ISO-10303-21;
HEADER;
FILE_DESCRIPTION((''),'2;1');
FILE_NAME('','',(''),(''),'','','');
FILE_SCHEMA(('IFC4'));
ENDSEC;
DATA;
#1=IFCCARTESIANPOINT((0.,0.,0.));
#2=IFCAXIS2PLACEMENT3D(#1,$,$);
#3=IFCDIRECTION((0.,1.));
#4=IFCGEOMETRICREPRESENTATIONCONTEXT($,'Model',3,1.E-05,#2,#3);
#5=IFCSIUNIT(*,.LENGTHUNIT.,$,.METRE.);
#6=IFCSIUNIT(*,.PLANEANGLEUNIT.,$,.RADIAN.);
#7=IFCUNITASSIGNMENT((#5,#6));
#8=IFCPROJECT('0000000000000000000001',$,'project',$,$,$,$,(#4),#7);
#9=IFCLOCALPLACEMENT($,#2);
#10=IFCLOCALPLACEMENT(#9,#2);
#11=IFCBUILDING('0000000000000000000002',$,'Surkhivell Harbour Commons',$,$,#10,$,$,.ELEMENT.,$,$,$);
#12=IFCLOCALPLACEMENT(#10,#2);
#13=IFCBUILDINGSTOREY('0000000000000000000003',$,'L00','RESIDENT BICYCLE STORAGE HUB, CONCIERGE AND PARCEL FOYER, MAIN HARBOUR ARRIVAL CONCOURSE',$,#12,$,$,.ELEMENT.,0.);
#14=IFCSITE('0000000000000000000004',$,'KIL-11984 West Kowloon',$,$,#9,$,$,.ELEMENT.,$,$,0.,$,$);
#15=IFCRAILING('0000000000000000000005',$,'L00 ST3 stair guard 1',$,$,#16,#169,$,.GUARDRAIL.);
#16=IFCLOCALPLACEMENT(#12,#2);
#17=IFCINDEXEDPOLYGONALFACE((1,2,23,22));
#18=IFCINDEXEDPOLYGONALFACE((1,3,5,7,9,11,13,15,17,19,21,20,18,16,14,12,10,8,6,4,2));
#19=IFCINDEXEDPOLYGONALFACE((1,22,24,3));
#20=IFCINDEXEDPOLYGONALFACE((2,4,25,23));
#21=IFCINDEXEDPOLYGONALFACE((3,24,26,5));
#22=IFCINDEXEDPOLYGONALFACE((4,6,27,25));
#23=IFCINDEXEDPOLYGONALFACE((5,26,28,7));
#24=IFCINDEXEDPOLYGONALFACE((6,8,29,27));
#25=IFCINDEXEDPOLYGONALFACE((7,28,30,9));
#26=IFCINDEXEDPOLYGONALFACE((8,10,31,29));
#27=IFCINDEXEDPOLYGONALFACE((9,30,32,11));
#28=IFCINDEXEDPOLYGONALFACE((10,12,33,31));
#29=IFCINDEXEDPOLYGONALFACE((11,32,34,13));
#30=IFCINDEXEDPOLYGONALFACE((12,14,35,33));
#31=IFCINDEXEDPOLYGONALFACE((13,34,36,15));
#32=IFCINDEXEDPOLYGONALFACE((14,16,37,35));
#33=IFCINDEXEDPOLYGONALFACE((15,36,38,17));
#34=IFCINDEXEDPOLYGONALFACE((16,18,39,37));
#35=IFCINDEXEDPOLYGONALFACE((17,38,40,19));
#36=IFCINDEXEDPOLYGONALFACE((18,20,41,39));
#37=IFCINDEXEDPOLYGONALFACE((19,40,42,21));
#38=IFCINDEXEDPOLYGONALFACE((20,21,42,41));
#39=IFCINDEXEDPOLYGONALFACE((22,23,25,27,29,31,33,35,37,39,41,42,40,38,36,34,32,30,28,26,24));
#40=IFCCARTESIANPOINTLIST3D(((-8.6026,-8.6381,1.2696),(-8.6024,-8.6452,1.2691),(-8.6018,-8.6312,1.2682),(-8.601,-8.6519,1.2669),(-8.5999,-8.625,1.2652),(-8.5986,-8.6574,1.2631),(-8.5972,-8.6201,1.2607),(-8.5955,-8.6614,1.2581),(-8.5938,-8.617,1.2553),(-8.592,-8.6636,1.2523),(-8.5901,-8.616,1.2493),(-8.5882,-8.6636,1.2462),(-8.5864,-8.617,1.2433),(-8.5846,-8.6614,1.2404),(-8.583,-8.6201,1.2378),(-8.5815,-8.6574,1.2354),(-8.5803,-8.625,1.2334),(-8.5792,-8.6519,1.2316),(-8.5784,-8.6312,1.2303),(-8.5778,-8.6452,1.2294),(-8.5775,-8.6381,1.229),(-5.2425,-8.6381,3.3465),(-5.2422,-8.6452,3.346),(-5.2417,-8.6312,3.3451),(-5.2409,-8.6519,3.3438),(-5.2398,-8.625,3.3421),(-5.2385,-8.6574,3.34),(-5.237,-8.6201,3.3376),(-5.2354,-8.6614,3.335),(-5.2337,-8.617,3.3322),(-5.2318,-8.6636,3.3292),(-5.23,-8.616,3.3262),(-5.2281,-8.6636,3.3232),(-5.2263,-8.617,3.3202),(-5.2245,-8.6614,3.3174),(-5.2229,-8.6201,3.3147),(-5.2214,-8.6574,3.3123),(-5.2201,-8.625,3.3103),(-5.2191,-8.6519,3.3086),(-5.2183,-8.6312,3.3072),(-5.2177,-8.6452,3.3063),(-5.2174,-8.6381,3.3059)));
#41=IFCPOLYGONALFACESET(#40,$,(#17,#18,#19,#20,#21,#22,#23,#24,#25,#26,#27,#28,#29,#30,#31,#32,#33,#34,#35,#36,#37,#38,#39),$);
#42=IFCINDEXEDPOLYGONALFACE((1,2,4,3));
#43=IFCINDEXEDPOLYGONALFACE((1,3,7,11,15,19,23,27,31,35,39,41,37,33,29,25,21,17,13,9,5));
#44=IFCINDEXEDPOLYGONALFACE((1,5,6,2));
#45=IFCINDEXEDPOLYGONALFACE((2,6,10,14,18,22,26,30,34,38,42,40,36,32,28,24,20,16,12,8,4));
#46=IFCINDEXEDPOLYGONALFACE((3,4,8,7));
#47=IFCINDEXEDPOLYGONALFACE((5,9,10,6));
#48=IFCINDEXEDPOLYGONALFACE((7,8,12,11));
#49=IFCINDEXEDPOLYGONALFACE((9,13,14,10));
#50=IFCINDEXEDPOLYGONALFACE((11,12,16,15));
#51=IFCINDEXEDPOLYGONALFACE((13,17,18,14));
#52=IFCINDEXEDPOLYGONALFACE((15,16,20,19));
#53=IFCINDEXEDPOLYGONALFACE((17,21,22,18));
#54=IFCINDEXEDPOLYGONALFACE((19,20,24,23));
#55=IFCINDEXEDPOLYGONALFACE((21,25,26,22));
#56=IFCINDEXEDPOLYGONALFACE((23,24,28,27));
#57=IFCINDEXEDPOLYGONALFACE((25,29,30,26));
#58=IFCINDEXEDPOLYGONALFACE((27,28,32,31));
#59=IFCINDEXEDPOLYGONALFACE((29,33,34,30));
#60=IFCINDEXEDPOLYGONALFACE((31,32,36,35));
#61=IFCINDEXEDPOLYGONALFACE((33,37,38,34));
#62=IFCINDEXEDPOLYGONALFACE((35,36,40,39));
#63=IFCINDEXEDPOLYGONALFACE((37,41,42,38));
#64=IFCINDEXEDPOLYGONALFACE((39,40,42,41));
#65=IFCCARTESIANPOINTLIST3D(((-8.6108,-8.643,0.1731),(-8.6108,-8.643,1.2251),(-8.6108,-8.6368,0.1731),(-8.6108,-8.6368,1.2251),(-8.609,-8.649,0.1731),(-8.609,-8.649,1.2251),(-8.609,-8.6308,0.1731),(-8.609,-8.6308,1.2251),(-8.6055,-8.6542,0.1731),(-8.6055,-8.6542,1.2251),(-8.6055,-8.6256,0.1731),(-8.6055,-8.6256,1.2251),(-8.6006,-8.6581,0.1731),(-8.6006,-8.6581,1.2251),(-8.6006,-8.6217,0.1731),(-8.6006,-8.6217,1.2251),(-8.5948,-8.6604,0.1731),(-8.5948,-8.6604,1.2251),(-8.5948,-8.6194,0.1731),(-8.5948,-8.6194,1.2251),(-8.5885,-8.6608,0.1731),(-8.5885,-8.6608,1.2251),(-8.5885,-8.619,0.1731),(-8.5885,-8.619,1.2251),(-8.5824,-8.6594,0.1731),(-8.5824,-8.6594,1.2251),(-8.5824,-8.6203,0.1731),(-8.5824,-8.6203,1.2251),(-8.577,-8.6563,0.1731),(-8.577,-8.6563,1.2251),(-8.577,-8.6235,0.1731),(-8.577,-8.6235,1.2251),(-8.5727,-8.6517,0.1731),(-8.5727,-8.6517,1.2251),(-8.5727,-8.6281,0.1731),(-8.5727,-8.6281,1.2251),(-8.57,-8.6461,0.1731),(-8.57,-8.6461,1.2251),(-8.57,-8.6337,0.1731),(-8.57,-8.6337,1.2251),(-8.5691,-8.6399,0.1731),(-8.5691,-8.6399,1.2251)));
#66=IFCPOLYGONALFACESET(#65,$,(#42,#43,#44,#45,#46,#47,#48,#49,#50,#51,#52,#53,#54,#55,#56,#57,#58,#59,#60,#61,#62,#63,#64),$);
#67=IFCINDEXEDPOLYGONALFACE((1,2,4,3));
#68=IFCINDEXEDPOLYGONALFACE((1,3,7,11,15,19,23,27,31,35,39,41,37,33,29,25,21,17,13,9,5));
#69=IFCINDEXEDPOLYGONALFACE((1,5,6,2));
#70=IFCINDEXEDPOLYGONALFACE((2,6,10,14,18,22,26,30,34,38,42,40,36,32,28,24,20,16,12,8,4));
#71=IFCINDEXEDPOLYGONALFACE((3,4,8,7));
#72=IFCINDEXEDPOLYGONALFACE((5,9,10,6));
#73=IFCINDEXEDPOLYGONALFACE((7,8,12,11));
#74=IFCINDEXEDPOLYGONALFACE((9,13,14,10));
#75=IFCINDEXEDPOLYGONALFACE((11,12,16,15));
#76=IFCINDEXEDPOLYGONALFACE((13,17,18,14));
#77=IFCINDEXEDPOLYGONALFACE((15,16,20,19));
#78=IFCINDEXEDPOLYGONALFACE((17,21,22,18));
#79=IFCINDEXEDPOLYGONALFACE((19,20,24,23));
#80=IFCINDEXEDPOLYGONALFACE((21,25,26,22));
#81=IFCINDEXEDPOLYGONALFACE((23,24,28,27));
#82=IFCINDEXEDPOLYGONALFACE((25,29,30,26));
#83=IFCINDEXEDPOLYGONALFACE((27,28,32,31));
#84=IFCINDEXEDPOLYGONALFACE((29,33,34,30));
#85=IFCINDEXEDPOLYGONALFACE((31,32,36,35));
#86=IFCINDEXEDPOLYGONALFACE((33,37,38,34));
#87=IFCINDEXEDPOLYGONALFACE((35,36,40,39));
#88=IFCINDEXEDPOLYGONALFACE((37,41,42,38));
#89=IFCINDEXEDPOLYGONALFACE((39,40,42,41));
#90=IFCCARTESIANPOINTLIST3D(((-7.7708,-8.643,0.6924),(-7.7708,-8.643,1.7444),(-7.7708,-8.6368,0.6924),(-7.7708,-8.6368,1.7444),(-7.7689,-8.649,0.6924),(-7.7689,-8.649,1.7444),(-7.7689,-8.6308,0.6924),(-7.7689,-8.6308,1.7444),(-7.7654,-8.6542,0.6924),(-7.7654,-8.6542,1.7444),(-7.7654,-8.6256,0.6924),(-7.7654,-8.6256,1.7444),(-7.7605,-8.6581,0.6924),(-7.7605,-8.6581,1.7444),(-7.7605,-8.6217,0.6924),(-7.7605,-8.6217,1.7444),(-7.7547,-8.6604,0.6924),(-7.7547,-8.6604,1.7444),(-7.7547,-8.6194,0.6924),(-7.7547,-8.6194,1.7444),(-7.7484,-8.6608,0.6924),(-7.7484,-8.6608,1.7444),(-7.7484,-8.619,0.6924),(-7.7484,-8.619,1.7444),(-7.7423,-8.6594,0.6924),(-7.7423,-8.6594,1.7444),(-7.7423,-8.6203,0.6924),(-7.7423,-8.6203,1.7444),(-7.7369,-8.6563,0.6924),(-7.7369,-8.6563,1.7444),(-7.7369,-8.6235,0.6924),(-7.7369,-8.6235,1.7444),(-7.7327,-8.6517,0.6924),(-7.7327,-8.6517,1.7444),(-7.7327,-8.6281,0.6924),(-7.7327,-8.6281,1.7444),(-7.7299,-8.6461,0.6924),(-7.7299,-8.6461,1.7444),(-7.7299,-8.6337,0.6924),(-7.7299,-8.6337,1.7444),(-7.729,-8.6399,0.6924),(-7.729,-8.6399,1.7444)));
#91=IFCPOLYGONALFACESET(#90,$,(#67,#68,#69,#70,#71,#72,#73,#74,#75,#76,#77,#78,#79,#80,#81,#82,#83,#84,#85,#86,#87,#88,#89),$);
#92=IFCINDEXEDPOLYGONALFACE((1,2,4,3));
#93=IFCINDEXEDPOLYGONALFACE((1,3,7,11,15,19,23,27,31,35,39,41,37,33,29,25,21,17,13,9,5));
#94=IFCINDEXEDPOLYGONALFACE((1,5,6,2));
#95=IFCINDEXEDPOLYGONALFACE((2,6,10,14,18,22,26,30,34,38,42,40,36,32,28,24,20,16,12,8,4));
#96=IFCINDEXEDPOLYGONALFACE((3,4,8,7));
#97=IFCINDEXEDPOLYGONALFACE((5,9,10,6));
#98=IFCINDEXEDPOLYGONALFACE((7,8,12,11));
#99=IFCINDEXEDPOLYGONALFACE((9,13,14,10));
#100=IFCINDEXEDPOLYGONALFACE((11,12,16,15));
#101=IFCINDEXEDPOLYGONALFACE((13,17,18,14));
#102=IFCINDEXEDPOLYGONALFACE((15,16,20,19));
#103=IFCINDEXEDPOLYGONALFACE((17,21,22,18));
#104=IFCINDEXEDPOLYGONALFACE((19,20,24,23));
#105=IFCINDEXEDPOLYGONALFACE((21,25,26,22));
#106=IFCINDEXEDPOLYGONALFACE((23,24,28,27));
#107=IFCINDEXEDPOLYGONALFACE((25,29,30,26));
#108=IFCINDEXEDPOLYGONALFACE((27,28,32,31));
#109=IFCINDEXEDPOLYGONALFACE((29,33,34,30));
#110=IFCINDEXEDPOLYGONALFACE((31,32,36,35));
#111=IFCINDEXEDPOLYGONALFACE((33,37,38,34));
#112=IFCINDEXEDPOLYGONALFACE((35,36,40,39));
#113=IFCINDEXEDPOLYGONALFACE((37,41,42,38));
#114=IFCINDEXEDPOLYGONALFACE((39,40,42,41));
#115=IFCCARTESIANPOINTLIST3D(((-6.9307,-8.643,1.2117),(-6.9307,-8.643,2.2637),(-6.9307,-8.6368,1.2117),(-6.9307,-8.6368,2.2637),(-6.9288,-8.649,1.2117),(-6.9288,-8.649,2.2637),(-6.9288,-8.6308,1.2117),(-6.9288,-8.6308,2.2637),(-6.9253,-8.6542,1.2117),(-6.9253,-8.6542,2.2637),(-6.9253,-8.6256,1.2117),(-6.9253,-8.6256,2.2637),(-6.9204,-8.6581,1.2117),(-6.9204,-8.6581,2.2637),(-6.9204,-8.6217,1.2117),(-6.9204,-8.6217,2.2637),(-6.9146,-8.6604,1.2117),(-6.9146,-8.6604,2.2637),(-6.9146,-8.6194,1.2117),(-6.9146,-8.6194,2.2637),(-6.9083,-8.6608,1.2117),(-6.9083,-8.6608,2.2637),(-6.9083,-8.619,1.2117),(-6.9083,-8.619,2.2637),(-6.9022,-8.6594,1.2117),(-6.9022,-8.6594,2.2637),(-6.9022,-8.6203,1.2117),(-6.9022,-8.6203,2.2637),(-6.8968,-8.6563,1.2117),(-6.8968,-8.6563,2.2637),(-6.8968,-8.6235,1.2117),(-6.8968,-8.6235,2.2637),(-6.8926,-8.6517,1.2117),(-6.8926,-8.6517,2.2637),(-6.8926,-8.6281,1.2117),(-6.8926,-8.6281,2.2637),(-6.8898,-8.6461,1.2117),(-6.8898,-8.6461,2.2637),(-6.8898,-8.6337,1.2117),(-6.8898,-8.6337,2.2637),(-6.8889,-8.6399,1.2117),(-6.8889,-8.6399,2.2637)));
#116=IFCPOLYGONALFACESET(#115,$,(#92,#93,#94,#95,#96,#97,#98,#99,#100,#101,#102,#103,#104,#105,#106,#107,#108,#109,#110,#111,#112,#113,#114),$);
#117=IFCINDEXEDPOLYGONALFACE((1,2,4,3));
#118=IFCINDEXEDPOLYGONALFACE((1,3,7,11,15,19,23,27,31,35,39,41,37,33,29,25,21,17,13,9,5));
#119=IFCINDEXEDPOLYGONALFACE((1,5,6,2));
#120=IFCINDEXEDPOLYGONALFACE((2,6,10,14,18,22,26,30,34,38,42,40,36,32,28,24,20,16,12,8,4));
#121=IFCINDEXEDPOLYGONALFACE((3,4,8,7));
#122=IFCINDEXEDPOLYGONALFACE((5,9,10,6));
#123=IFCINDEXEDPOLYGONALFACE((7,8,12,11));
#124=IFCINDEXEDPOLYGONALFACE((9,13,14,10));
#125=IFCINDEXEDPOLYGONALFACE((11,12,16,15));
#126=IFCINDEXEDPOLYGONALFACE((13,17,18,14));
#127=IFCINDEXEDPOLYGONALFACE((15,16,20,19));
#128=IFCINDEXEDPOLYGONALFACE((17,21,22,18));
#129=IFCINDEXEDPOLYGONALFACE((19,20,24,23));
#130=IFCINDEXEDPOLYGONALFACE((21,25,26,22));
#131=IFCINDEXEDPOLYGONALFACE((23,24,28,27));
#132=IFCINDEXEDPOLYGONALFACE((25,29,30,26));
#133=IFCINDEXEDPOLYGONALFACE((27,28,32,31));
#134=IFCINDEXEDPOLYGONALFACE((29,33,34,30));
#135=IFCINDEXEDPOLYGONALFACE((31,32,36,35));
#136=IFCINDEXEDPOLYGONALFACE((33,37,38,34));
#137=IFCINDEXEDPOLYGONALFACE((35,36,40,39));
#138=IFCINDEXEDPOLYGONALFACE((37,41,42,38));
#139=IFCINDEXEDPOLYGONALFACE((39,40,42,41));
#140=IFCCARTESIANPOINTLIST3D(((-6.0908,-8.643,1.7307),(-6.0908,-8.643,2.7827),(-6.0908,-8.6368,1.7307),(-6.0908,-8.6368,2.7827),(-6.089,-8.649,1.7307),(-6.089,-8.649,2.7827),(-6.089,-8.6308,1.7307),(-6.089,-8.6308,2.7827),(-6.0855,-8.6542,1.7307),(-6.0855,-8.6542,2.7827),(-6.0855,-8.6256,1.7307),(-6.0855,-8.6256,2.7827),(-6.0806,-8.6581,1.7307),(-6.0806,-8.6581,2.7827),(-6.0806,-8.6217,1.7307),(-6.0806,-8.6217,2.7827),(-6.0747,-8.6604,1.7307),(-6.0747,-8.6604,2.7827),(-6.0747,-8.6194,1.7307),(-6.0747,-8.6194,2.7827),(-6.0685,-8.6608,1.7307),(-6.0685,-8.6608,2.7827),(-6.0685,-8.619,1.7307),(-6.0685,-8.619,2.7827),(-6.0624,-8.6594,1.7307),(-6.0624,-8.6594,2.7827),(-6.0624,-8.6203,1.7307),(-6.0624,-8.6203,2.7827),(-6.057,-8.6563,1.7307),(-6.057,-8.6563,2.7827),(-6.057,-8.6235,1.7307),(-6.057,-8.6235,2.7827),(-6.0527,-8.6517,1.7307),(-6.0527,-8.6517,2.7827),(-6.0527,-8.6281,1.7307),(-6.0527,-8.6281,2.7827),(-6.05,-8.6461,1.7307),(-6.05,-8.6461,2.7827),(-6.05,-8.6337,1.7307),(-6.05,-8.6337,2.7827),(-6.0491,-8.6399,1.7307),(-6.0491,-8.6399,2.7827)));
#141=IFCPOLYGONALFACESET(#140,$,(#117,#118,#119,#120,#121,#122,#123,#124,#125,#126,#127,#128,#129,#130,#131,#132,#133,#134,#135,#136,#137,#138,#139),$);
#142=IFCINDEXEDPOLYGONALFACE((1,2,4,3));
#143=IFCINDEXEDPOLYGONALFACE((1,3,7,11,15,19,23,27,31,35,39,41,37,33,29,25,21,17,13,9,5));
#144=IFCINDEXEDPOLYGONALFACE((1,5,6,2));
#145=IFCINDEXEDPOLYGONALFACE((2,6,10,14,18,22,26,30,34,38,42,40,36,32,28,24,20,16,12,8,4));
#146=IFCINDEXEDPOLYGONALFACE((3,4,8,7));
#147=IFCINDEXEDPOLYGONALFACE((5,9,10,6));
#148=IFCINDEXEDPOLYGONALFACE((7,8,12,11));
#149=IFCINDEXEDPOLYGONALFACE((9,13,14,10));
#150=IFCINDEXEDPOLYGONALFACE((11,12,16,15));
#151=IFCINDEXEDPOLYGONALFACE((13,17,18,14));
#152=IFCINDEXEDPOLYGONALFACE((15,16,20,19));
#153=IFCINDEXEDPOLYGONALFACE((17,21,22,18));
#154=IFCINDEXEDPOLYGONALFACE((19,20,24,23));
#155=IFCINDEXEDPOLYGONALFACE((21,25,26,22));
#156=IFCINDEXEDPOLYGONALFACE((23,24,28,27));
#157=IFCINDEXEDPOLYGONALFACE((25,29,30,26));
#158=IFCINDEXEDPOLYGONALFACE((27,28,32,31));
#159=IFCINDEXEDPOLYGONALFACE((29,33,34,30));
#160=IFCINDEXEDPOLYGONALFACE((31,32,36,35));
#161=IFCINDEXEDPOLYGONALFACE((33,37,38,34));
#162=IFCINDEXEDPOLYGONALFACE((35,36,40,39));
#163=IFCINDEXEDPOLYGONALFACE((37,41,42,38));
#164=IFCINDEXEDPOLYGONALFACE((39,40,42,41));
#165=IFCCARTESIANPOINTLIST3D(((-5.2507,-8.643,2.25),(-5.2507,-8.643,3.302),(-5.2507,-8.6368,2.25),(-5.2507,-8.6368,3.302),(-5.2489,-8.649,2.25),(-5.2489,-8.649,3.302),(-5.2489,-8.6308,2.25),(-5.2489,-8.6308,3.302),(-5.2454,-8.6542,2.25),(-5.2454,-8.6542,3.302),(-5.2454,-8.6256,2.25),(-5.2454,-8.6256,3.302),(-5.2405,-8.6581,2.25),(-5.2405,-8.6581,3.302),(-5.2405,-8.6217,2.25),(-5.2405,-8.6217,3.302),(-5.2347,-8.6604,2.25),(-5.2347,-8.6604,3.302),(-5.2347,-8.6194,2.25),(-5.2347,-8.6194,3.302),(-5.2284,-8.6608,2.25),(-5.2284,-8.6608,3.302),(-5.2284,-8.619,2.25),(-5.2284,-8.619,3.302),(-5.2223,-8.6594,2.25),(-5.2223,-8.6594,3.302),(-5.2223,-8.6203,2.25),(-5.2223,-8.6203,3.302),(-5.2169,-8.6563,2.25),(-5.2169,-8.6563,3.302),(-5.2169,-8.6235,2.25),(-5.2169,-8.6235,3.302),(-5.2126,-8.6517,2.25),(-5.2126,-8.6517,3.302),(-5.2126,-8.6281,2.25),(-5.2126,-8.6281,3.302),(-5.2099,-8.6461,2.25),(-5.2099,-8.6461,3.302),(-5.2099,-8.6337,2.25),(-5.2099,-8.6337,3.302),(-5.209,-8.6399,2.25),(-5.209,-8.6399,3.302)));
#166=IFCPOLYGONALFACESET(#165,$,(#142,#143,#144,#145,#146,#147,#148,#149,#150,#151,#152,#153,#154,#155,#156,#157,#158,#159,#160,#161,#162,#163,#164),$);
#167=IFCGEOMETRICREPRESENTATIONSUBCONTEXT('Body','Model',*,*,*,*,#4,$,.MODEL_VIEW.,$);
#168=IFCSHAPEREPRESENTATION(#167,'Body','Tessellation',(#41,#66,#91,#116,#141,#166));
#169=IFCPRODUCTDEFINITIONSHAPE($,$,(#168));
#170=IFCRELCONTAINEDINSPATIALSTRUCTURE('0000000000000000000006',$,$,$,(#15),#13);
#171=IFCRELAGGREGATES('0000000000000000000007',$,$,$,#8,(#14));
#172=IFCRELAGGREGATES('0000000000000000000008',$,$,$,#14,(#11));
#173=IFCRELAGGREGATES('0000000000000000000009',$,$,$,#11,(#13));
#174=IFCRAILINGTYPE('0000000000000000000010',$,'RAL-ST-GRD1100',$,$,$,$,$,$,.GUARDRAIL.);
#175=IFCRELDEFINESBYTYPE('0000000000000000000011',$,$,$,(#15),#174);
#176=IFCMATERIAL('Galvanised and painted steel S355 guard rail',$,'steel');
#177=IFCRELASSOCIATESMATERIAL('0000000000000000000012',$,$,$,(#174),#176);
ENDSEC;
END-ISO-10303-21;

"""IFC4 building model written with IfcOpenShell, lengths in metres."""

from ifc_helpers import new_model, si_unit, direction, frame, origin, origin_2d, place, context, subcontext, project, spatial, circle, extrude, material, type_object, element, save


model = new_model("IFC4")

# Units and contexts
model_context = context("Model", 3, precision=1e-05, world=origin(), true_north=direction((0.0, 1.0)))
body_context = subcontext(model_context, "Body", "Model", "MODEL_VIEW")
ifc_project = project(units=[si_unit("LENGTHUNIT", "METRE"), si_unit("PLANEANGLEUNIT", "RADIAN")], contexts=[model_context])

# Site, building, storey
site_placement = place(None, origin())
site = spatial("IfcSite", under=ifc_project, at=site_placement, Name="KIL-11984 West Kowloon", CompositionType="ELEMENT", RefElevation=0.0)
building_placement = place(site_placement, origin())
building = spatial("IfcBuilding", under=site, at=building_placement, Name="Surkhivell Harbour Commons", CompositionType="ELEMENT")
storey_placement = place(building_placement, origin())
storey = spatial("IfcBuildingStorey", under=building, at=storey_placement, Name="L00", Description="RESIDENT BICYCLE STORAGE HUB, CONCIERGE AND PARCEL FOYER, MAIN HARBOUR ARRIVAL CONCOURSE", CompositionType="ELEMENT", Elevation=0.0)

# Railing
ifc_material_1 = material(Name="Galvanised and painted steel S355 guard rail", Category="steel")
railing_type_1 = type_object("IfcRailingType", Name="RAL-ST-GRD1100", PredefinedType="GUARDRAIL", material=ifc_material_1)
railing_1_placement = place(storey_placement, frame((-8.5901, -8.6399, 0.1731)))
element("IfcRailing", 1, at=railing_1_placement, inside=storey, type_object=railing_type_1, Name="L00 ST3 stair guard 1", PredefinedType="GUARDRAIL", context=body_context, shape_type="SweptSolid", body=[
    extrude(circle(Radius=0.0239, at=origin_2d()), frame((0.0, 0.0, 1.0762), z_axis=(0.850623, 0.0, 0.525776), x_axis=(0.0, 1.0, 0.0)), (0.0, 0.0, 1.0), 3.9502),
    extrude(circle(Radius=0.021, at=origin_2d()), origin(), (0.0, 0.0, 1.0), 1.052),
    extrude(circle(Radius=0.021, at=origin_2d()), frame((0.8401, 0.0, 0.5193)), (0.0, 0.0, 1.0), 1.052),
    extrude(circle(Radius=0.021, at=origin_2d()), frame((1.6802, 0.0, 1.0386)), (0.0, 0.0, 1.0), 1.052),
    extrude(circle(Radius=0.021, at=origin_2d()), frame((2.52, 0.0, 1.5576)), (0.0, 0.0, 1.0), 1.052),
    extrude(circle(Radius=0.021, at=origin_2d()), frame((3.3601, 0.0, 2.0769)), (0.0, 0.0, 1.0), 1.052),
])

save(model, "model.ifc")
